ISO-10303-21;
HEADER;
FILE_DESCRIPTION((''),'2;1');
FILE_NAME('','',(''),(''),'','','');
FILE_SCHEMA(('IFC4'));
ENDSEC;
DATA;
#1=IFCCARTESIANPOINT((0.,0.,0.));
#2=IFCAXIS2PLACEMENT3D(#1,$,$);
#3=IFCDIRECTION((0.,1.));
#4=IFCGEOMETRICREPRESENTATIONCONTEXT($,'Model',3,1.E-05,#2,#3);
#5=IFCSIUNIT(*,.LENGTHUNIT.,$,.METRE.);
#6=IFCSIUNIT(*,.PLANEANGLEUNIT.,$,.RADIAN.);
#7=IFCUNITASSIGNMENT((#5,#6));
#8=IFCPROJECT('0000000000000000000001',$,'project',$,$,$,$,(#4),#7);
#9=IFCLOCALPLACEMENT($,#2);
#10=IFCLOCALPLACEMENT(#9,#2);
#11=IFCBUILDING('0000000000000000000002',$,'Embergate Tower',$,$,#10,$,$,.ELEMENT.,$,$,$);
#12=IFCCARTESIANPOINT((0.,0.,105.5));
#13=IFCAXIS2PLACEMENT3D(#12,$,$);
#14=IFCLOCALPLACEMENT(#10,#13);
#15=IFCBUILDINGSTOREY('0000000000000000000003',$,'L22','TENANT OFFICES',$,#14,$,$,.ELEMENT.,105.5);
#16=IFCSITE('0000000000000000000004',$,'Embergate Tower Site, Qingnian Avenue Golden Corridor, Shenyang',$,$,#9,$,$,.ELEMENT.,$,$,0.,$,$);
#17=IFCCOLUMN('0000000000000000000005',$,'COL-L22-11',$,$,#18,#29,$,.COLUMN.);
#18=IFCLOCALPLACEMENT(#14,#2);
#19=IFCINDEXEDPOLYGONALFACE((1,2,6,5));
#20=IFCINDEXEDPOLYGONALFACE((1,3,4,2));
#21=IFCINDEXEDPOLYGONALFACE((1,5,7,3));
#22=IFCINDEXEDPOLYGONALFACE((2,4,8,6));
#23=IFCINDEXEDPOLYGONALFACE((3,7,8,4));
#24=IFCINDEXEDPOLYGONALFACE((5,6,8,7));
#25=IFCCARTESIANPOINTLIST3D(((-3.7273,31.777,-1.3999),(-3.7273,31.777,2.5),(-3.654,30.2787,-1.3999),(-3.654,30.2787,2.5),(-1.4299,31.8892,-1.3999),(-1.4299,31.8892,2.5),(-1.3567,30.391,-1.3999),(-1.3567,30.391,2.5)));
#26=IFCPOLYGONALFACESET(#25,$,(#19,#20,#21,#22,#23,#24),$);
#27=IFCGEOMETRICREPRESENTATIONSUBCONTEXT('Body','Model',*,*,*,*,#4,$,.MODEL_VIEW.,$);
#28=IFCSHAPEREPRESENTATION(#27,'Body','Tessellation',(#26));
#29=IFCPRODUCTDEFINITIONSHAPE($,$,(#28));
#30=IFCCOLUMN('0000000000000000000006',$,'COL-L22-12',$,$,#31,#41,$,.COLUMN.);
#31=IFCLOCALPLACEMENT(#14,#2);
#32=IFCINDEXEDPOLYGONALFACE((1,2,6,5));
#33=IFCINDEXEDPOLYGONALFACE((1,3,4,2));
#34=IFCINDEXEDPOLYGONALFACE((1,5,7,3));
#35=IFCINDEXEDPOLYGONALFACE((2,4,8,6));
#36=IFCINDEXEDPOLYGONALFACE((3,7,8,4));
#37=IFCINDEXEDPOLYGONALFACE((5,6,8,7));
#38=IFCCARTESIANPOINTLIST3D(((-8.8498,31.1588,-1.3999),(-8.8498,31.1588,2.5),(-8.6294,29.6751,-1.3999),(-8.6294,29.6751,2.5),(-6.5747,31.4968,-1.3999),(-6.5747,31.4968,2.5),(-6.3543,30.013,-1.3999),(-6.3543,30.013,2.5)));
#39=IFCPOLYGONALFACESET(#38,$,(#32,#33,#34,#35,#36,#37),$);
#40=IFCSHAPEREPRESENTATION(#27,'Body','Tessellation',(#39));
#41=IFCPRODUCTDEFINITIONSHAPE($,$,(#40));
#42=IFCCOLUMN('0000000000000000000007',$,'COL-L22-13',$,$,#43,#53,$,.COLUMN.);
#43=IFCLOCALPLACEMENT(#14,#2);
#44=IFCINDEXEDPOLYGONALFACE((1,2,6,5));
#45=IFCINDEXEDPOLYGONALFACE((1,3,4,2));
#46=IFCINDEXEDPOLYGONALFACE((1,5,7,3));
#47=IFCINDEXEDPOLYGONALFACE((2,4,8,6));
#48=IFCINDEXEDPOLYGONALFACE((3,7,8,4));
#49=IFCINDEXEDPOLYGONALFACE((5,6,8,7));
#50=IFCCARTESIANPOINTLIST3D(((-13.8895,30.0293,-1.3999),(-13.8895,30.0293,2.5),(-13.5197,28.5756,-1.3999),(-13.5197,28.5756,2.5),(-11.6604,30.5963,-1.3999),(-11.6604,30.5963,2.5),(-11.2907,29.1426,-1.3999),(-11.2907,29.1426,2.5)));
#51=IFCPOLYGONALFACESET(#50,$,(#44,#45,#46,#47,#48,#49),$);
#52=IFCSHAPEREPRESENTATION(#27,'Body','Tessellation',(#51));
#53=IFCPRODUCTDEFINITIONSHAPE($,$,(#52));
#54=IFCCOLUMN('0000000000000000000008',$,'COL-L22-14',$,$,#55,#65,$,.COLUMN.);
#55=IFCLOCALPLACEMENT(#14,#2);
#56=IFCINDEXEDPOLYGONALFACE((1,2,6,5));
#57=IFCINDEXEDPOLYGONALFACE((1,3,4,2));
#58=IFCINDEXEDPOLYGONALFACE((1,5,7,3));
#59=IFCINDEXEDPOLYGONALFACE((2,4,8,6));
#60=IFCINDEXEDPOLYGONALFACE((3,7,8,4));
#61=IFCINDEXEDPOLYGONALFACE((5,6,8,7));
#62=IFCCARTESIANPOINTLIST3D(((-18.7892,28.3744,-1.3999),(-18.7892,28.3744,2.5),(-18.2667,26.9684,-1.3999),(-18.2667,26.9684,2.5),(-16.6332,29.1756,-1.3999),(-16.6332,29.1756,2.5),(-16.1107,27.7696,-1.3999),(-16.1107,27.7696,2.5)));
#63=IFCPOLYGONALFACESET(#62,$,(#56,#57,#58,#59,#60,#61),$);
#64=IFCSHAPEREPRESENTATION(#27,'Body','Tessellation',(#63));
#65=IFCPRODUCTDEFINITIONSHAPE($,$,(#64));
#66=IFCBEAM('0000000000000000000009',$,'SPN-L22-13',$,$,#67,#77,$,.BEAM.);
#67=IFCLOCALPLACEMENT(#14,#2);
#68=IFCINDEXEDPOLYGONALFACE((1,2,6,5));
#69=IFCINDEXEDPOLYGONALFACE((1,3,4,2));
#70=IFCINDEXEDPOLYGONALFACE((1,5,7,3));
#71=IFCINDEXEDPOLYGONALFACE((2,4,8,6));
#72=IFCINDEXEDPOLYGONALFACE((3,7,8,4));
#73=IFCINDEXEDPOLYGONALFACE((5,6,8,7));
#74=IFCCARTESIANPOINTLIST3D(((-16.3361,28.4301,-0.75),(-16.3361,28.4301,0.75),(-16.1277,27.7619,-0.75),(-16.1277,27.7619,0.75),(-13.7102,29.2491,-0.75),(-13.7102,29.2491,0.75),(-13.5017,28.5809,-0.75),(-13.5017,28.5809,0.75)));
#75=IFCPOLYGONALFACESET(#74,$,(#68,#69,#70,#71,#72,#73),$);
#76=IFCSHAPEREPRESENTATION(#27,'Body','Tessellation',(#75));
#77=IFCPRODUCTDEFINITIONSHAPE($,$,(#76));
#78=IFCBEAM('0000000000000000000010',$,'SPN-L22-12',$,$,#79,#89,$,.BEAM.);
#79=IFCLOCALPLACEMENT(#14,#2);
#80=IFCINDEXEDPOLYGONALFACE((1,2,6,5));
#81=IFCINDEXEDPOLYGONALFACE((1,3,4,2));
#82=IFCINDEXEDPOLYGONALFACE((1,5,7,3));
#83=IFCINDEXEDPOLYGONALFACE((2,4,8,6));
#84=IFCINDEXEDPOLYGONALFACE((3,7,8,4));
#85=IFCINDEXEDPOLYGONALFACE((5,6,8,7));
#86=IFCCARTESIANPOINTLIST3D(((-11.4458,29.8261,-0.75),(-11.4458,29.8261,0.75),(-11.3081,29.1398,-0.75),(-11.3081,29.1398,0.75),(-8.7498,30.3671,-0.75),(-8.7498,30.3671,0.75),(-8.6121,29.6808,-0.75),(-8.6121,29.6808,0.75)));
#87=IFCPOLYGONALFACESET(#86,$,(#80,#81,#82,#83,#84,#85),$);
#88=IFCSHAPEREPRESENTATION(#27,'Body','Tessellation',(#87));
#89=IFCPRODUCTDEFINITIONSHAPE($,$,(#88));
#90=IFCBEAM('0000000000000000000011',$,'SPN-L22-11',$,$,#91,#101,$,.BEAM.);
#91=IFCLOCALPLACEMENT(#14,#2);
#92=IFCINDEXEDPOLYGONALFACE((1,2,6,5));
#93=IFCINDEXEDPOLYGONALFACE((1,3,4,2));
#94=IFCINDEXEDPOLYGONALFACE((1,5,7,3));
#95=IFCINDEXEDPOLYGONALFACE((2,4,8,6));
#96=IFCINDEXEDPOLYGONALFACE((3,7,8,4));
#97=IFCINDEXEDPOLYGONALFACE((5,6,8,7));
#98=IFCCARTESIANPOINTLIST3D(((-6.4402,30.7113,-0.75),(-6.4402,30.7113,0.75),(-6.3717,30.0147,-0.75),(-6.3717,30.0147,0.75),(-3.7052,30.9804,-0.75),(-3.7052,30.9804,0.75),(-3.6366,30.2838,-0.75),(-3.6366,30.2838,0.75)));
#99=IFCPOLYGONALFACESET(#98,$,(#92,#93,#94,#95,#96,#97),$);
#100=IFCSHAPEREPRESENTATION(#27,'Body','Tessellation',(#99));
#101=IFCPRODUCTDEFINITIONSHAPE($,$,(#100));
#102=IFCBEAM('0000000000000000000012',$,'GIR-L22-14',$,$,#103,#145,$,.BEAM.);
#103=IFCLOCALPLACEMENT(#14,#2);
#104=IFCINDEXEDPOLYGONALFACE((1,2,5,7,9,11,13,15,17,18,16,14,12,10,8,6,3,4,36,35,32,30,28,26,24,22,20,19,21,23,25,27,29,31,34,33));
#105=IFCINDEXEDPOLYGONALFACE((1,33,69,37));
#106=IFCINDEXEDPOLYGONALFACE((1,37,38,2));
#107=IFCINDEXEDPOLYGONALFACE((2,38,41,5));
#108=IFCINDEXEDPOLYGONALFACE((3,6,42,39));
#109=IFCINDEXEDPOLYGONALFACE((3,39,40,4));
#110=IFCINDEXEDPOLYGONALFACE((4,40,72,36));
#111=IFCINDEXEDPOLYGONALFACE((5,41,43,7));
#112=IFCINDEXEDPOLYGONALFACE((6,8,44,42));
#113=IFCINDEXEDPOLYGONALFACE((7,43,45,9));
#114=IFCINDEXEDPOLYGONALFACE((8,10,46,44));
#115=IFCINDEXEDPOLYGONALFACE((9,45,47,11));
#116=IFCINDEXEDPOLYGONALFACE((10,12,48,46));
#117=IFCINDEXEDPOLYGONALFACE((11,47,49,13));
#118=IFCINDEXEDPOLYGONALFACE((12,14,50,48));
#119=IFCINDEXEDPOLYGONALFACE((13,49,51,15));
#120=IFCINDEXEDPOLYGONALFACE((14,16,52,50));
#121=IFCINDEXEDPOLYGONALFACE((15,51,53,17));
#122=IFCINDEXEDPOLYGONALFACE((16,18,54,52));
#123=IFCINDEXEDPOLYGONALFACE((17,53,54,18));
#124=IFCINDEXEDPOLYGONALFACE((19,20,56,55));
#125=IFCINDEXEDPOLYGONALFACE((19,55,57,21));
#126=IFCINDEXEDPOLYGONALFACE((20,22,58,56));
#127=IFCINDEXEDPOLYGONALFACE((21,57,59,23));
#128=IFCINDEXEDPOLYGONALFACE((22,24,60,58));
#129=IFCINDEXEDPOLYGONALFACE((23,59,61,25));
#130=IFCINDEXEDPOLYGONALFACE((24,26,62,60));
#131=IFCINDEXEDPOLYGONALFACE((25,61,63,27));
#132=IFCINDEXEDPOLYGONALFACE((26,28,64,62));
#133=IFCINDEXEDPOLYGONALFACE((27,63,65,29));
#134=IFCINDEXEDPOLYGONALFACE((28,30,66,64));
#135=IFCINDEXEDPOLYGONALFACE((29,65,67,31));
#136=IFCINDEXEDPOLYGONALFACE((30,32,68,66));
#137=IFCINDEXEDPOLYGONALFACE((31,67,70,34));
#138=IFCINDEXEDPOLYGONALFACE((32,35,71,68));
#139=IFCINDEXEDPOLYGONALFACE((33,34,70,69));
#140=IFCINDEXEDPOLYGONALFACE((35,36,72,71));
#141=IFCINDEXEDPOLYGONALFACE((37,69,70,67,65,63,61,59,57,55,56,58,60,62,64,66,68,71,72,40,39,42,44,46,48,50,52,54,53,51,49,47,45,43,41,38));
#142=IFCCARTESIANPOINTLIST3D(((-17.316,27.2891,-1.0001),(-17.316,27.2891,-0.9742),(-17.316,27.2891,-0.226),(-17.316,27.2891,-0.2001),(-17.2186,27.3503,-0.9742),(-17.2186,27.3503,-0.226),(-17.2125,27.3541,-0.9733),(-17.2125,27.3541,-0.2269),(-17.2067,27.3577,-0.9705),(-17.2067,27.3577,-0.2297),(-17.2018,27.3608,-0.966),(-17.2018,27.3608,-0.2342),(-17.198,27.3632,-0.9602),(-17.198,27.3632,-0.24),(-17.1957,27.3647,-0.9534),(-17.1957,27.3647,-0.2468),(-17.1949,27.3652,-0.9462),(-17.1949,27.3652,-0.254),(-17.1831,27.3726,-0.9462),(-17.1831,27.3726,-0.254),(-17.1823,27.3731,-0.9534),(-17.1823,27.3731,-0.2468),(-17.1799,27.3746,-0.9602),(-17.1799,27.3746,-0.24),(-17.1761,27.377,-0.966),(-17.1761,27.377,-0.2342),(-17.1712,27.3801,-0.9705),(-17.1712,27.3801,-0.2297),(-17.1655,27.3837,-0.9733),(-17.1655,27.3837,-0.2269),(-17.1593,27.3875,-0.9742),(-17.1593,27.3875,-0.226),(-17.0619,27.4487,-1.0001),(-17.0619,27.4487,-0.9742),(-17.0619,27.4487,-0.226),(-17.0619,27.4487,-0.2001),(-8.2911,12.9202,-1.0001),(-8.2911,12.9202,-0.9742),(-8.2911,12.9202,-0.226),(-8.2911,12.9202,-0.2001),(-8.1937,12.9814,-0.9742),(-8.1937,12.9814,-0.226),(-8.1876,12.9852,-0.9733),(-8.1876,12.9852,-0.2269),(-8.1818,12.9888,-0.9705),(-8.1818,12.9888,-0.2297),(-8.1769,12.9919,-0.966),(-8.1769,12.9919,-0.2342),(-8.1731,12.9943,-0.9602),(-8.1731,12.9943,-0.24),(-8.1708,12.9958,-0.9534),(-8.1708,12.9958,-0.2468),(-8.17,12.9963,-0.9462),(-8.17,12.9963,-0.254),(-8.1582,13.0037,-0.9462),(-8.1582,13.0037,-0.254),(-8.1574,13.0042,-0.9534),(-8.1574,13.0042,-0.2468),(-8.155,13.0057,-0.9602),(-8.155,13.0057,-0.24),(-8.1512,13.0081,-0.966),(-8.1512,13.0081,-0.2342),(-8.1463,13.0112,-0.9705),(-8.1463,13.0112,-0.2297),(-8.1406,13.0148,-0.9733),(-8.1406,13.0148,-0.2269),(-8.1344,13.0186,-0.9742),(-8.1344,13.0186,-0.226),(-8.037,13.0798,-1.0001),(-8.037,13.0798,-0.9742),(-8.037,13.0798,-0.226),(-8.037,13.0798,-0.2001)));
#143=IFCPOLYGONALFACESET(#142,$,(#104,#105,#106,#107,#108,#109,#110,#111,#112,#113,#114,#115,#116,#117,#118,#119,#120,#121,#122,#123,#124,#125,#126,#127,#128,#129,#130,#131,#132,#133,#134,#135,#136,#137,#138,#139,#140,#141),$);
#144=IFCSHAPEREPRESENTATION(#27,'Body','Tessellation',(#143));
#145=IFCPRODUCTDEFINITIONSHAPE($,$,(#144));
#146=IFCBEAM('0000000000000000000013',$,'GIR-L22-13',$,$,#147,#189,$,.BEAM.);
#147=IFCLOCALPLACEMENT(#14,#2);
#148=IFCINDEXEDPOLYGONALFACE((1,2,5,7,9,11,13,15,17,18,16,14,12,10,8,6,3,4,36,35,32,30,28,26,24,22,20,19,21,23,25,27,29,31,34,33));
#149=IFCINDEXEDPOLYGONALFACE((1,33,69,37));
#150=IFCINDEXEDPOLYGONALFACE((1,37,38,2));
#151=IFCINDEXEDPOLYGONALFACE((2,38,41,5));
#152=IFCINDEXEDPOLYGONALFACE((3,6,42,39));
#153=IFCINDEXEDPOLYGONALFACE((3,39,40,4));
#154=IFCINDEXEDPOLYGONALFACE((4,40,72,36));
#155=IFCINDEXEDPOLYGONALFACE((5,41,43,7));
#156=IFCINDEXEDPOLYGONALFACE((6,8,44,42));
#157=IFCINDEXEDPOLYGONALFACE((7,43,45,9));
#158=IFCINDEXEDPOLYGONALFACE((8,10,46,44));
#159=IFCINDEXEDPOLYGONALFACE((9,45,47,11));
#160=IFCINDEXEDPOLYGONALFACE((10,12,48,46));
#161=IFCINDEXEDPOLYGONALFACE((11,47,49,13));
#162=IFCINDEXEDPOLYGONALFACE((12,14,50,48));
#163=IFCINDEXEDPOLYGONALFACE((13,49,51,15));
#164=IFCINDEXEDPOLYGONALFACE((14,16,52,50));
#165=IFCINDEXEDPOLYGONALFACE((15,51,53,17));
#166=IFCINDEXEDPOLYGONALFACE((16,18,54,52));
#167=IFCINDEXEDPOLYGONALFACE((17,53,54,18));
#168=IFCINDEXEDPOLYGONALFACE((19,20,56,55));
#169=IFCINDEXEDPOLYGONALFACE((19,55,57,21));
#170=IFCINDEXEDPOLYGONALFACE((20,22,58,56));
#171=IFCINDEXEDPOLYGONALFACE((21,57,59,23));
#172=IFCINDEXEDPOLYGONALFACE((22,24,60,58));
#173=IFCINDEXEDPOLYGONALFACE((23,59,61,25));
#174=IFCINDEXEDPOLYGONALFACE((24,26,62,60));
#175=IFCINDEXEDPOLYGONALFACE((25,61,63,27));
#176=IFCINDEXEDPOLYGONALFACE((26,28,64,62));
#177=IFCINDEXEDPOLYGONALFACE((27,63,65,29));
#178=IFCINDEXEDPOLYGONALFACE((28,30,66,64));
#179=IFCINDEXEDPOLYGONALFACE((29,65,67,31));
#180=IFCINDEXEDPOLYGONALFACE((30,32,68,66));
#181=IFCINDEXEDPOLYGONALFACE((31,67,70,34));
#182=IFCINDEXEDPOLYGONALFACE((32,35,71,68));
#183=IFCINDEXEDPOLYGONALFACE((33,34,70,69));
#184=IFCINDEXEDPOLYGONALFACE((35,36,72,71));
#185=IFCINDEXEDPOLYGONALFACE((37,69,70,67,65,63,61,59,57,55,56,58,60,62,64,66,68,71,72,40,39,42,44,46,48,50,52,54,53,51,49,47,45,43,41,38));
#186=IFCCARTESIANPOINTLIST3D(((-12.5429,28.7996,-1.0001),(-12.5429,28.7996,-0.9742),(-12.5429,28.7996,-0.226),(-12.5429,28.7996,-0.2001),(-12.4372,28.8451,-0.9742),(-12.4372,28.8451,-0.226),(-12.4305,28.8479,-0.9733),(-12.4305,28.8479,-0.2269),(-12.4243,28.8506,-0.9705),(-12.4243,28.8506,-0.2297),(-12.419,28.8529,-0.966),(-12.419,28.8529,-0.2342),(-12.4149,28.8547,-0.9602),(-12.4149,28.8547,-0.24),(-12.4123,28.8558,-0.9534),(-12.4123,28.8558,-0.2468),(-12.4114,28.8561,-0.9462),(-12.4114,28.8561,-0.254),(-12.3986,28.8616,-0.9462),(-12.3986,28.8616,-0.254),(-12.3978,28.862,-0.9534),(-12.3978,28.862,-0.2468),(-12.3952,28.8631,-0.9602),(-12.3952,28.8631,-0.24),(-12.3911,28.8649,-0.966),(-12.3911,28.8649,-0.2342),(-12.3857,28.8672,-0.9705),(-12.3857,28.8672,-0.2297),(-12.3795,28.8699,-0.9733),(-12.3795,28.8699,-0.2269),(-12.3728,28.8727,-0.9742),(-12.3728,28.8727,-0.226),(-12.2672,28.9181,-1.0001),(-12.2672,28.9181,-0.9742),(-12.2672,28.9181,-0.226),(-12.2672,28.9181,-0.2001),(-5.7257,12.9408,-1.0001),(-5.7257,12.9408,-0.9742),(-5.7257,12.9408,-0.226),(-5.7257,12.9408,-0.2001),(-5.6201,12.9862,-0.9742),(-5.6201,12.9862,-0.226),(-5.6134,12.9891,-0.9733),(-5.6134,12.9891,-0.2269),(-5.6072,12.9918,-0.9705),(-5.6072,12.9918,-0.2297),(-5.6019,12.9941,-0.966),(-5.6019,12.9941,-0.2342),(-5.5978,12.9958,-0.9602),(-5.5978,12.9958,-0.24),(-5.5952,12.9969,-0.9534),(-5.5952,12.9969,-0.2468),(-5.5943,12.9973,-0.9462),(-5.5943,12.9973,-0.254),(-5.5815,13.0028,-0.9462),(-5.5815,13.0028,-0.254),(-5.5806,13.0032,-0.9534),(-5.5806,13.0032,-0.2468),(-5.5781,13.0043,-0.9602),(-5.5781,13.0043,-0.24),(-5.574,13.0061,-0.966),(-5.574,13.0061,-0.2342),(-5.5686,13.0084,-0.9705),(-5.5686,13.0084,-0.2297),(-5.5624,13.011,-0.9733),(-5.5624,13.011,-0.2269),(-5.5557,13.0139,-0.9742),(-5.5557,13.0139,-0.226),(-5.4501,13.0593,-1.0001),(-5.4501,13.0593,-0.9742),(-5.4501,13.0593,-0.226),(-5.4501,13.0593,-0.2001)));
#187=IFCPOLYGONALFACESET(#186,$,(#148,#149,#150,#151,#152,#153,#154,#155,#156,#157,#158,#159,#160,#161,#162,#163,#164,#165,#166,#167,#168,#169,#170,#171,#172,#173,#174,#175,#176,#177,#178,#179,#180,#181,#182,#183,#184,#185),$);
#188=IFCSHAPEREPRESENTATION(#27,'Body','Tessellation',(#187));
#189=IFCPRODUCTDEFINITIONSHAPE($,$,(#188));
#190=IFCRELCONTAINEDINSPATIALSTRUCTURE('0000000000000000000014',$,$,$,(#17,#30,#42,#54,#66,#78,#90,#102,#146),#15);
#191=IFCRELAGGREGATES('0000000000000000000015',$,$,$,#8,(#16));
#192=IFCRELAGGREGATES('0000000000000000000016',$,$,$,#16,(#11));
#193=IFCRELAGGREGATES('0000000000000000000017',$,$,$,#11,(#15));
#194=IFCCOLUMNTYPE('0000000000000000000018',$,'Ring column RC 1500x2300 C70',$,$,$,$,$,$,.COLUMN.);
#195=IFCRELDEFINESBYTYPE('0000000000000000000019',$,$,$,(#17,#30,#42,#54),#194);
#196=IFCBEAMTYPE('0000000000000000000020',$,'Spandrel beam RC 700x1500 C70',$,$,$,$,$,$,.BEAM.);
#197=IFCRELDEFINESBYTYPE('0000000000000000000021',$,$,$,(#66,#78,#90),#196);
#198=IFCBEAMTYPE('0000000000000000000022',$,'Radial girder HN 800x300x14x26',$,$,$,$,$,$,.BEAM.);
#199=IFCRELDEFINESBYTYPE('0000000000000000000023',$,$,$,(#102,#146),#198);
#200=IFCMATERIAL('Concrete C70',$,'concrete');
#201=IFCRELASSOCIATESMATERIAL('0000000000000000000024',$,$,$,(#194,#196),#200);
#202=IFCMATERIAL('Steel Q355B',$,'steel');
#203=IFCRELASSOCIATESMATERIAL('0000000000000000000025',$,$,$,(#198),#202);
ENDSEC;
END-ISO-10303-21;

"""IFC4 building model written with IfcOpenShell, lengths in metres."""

from ifc_helpers import new_model, si_unit, direction, frame, origin, origin_2d, place, context, subcontext, project, spatial, rectangle, i_section, extrude, source, transform, mapped, material, material_profile, profile_set, type_object, element, save


model = new_model("IFC4")

# Units and contexts
model_context = context("Model", 3, precision=1e-05, world=origin(), true_north=direction((0.0, 1.0)))
body_context = subcontext(model_context, "Body", "Model", "MODEL_VIEW")
ifc_project = project(units=[si_unit("LENGTHUNIT", "METRE"), si_unit("PLANEANGLEUNIT", "RADIAN")], contexts=[model_context])

# Site, building, storey
site_placement = place(None, origin())
site = spatial("IfcSite", under=ifc_project, at=site_placement, Name="Embergate Tower Site, Qingnian Avenue Golden Corridor, Shenyang", CompositionType="ELEMENT", RefElevation=0.0)
building_placement = place(site_placement, origin())
building = spatial("IfcBuilding", under=site, at=building_placement, Name="Embergate Tower", CompositionType="ELEMENT")
storey_placement = place(building_placement, frame((0.0, 0.0, 105.5)))
storey = spatial("IfcBuildingStorey", under=building, at=storey_placement, Name="L22", Description="TENANT OFFICES", CompositionType="ELEMENT", Elevation=105.5)

# Columns
ifc_material_1 = material(Name="Concrete C70", Category="concrete")
ifc_material_profile_1 = material_profile(ifc_material_1, rectangle(XDim=1.5, YDim=2.3, at=origin_2d()), Name="RC 1500x2300")
ifc_profile_set_1 = profile_set([ifc_material_profile_1], Name="Concrete C70")
column_type = type_object("IfcColumnType", Name="Ring column RC 1500x2300 C70", PredefinedType="COLUMN", material=ifc_profile_set_1)
shared_shape_1 = source(origin(), body_context, "Body", "SweptSolid", [
    extrude(rectangle(XDim=1.5, YDim=2.3, at=origin_2d()), origin(), (0.0, 0.0, 1.0), 3.8999),
])
for number, where, z_axis, x_axis, name in (
    (1, (-2.542, 31.084, -1.3999), (0.0, 0.0, 1.0), (-0.048815, 0.998808, 0.0), "COL-L22-11"),
    (2, (-7.6021, 30.5859, -1.3999), (0.0, 0.0, 1.0), (-0.146929, 0.989147, 0.0), "COL-L22-12"),
    (3, (-12.5901, 29.5859, -1.3999), (0.0, 0.0, 1.0), (-0.246509, 0.969141, 0.0), "COL-L22-13"),
    (4, (-17.45, 28.072, -1.3999), (0.0, 0.0, 1.0), (-0.348343, 0.937367, 0.0), "COL-L22-14"),
):
    element("IfcColumn", number, at=place(storey_placement, frame(where, z_axis=z_axis, x_axis=x_axis)), inside=storey, type_object=column_type, Name=name, PredefinedType="COLUMN", context=body_context, shape_type="MappedRepresentation", body=[
        mapped(shared_shape_1, transform((0.0, 0.0, 0.0))),
    ])

# Beams
ifc_material_profile_2 = material_profile(ifc_material_1, rectangle(XDim=0.7, YDim=1.5, at=origin_2d()), Name="RC 700x1500")
ifc_profile_set_2 = profile_set([ifc_material_profile_2], Name="Concrete C70")
beam_type_1 = type_object("IfcBeamType", Name="Spandrel beam RC 700x1500 C70", PredefinedType="BEAM", material=ifc_profile_set_2)
shared_shape_2 = source(origin(), body_context, "Body", "SweptSolid", [
    extrude(rectangle(XDim=0.7, YDim=1.5, at=origin_2d()), origin(), (0.0, 0.0, 1.0), 2.7507),
])
beam_1_placement = place(storey_placement, frame((-13.606, 28.915, 0.0), z_axis=(-0.954638, -0.29777, 0.0), x_axis=(0.29777, -0.954638, 0.0)))
element("IfcBeam", 5, at=beam_1_placement, inside=storey, type_object=beam_type_1, Name="SPN-L22-13", PredefinedType="BEAM", context=body_context, shape_type="MappedRepresentation", body=[
    mapped(shared_shape_2, transform((0.0, 0.0, 0.0))),
])
shared_shape_3 = source(origin(), body_context, "Body", "SweptSolid", [
    extrude(rectangle(XDim=0.7, YDim=1.5, at=origin_2d()), origin(), (0.0, 0.0, 1.0), 2.7498),
])
beam_2_placement = place(storey_placement, frame((-8.6809, 30.0239, 0.0), z_axis=(-0.980454, -0.196748, 0.0), x_axis=(0.196748, -0.980454, 0.0)))
element("IfcBeam", 6, at=beam_2_placement, inside=storey, type_object=beam_type_1, Name="SPN-L22-12", PredefinedType="BEAM", context=body_context, shape_type="MappedRepresentation", body=[
    mapped(shared_shape_3, transform((0.0, 0.0, 0.0))),
])
shared_shape_4 = source(origin(), body_context, "Body", "SweptSolid", [
    extrude(rectangle(XDim=0.7, YDim=1.5, at=origin_2d()), origin(), (0.0, 0.0, 1.0), 2.7483),
])
beam_3_placement = place(storey_placement, frame((-3.6709, 30.6321, 0.0), z_axis=(-0.995197, -0.097894, 0.0), x_axis=(0.097894, -0.995197, 0.0)))
element("IfcBeam", 7, at=beam_3_placement, inside=storey, type_object=beam_type_1, Name="SPN-L22-11", PredefinedType="BEAM", context=body_context, shape_type="MappedRepresentation", body=[
    mapped(shared_shape_4, transform((0.0, 0.0, 0.0))),
])
ifc_material_2 = material(Name="Steel Q355B", Category="steel")
ifc_material_profile_3 = material_profile(ifc_material_2, i_section(OverallWidth=0.3, OverallDepth=0.8, WebThickness=0.0139, FlangeThickness=0.0259, FilletRadius=0.0281, at=origin_2d()), Name="HN 800x300x14x26")
ifc_profile_set_3 = profile_set([ifc_material_profile_3], Name="Steel Q355 grade B")
beam_type_2 = type_object("IfcBeamType", Name="Radial girder HN 800x300x14x26", PredefinedType="BEAM", material=ifc_profile_set_3)
shared_shape_5 = source(origin(), body_context, "Body", "SweptSolid", [
    extrude(i_section(OverallWidth=0.3, OverallDepth=0.8, WebThickness=0.0139, FlangeThickness=0.0259, FilletRadius=0.0281, at=origin_2d()), origin(), (0.0, 0.0, 1.0), 16.968),
])
beam_4_placement = place(storey_placement, frame((-17.189, 27.3689, -0.6001), z_axis=(0.531877, -0.846822, 0.0), x_axis=(0.846822, 0.531877, 0.0)))
element("IfcBeam", 8, at=beam_4_placement, inside=storey, type_object=beam_type_2, Name="GIR-L22-14", PredefinedType="BEAM", context=body_context, shape_type="MappedRepresentation", body=[
    mapped(shared_shape_5, transform((0.0, 0.0, 0.0))),
])
shared_shape_6 = source(origin(), body_context, "Body", "SweptSolid", [
    extrude(i_section(OverallWidth=0.3, OverallDepth=0.8, WebThickness=0.0139, FlangeThickness=0.0259, FilletRadius=0.0281, at=origin_2d()), origin(), (0.0, 0.0, 1.0), 17.262),
])
beam_5_placement = place(storey_placement, frame((-12.405, 28.8589, -0.6001), z_axis=(0.394921, -0.918715, 0.0), x_axis=(0.918715, 0.394921, 0.0)))
element("IfcBeam", 9, at=beam_5_placement, inside=storey, type_object=beam_type_2, Name="GIR-L22-13", PredefinedType="BEAM", context=body_context, shape_type="MappedRepresentation", body=[
    mapped(shared_shape_6, transform((0.0, 0.0, 0.0))),
])

save(model, "model.ifc")
